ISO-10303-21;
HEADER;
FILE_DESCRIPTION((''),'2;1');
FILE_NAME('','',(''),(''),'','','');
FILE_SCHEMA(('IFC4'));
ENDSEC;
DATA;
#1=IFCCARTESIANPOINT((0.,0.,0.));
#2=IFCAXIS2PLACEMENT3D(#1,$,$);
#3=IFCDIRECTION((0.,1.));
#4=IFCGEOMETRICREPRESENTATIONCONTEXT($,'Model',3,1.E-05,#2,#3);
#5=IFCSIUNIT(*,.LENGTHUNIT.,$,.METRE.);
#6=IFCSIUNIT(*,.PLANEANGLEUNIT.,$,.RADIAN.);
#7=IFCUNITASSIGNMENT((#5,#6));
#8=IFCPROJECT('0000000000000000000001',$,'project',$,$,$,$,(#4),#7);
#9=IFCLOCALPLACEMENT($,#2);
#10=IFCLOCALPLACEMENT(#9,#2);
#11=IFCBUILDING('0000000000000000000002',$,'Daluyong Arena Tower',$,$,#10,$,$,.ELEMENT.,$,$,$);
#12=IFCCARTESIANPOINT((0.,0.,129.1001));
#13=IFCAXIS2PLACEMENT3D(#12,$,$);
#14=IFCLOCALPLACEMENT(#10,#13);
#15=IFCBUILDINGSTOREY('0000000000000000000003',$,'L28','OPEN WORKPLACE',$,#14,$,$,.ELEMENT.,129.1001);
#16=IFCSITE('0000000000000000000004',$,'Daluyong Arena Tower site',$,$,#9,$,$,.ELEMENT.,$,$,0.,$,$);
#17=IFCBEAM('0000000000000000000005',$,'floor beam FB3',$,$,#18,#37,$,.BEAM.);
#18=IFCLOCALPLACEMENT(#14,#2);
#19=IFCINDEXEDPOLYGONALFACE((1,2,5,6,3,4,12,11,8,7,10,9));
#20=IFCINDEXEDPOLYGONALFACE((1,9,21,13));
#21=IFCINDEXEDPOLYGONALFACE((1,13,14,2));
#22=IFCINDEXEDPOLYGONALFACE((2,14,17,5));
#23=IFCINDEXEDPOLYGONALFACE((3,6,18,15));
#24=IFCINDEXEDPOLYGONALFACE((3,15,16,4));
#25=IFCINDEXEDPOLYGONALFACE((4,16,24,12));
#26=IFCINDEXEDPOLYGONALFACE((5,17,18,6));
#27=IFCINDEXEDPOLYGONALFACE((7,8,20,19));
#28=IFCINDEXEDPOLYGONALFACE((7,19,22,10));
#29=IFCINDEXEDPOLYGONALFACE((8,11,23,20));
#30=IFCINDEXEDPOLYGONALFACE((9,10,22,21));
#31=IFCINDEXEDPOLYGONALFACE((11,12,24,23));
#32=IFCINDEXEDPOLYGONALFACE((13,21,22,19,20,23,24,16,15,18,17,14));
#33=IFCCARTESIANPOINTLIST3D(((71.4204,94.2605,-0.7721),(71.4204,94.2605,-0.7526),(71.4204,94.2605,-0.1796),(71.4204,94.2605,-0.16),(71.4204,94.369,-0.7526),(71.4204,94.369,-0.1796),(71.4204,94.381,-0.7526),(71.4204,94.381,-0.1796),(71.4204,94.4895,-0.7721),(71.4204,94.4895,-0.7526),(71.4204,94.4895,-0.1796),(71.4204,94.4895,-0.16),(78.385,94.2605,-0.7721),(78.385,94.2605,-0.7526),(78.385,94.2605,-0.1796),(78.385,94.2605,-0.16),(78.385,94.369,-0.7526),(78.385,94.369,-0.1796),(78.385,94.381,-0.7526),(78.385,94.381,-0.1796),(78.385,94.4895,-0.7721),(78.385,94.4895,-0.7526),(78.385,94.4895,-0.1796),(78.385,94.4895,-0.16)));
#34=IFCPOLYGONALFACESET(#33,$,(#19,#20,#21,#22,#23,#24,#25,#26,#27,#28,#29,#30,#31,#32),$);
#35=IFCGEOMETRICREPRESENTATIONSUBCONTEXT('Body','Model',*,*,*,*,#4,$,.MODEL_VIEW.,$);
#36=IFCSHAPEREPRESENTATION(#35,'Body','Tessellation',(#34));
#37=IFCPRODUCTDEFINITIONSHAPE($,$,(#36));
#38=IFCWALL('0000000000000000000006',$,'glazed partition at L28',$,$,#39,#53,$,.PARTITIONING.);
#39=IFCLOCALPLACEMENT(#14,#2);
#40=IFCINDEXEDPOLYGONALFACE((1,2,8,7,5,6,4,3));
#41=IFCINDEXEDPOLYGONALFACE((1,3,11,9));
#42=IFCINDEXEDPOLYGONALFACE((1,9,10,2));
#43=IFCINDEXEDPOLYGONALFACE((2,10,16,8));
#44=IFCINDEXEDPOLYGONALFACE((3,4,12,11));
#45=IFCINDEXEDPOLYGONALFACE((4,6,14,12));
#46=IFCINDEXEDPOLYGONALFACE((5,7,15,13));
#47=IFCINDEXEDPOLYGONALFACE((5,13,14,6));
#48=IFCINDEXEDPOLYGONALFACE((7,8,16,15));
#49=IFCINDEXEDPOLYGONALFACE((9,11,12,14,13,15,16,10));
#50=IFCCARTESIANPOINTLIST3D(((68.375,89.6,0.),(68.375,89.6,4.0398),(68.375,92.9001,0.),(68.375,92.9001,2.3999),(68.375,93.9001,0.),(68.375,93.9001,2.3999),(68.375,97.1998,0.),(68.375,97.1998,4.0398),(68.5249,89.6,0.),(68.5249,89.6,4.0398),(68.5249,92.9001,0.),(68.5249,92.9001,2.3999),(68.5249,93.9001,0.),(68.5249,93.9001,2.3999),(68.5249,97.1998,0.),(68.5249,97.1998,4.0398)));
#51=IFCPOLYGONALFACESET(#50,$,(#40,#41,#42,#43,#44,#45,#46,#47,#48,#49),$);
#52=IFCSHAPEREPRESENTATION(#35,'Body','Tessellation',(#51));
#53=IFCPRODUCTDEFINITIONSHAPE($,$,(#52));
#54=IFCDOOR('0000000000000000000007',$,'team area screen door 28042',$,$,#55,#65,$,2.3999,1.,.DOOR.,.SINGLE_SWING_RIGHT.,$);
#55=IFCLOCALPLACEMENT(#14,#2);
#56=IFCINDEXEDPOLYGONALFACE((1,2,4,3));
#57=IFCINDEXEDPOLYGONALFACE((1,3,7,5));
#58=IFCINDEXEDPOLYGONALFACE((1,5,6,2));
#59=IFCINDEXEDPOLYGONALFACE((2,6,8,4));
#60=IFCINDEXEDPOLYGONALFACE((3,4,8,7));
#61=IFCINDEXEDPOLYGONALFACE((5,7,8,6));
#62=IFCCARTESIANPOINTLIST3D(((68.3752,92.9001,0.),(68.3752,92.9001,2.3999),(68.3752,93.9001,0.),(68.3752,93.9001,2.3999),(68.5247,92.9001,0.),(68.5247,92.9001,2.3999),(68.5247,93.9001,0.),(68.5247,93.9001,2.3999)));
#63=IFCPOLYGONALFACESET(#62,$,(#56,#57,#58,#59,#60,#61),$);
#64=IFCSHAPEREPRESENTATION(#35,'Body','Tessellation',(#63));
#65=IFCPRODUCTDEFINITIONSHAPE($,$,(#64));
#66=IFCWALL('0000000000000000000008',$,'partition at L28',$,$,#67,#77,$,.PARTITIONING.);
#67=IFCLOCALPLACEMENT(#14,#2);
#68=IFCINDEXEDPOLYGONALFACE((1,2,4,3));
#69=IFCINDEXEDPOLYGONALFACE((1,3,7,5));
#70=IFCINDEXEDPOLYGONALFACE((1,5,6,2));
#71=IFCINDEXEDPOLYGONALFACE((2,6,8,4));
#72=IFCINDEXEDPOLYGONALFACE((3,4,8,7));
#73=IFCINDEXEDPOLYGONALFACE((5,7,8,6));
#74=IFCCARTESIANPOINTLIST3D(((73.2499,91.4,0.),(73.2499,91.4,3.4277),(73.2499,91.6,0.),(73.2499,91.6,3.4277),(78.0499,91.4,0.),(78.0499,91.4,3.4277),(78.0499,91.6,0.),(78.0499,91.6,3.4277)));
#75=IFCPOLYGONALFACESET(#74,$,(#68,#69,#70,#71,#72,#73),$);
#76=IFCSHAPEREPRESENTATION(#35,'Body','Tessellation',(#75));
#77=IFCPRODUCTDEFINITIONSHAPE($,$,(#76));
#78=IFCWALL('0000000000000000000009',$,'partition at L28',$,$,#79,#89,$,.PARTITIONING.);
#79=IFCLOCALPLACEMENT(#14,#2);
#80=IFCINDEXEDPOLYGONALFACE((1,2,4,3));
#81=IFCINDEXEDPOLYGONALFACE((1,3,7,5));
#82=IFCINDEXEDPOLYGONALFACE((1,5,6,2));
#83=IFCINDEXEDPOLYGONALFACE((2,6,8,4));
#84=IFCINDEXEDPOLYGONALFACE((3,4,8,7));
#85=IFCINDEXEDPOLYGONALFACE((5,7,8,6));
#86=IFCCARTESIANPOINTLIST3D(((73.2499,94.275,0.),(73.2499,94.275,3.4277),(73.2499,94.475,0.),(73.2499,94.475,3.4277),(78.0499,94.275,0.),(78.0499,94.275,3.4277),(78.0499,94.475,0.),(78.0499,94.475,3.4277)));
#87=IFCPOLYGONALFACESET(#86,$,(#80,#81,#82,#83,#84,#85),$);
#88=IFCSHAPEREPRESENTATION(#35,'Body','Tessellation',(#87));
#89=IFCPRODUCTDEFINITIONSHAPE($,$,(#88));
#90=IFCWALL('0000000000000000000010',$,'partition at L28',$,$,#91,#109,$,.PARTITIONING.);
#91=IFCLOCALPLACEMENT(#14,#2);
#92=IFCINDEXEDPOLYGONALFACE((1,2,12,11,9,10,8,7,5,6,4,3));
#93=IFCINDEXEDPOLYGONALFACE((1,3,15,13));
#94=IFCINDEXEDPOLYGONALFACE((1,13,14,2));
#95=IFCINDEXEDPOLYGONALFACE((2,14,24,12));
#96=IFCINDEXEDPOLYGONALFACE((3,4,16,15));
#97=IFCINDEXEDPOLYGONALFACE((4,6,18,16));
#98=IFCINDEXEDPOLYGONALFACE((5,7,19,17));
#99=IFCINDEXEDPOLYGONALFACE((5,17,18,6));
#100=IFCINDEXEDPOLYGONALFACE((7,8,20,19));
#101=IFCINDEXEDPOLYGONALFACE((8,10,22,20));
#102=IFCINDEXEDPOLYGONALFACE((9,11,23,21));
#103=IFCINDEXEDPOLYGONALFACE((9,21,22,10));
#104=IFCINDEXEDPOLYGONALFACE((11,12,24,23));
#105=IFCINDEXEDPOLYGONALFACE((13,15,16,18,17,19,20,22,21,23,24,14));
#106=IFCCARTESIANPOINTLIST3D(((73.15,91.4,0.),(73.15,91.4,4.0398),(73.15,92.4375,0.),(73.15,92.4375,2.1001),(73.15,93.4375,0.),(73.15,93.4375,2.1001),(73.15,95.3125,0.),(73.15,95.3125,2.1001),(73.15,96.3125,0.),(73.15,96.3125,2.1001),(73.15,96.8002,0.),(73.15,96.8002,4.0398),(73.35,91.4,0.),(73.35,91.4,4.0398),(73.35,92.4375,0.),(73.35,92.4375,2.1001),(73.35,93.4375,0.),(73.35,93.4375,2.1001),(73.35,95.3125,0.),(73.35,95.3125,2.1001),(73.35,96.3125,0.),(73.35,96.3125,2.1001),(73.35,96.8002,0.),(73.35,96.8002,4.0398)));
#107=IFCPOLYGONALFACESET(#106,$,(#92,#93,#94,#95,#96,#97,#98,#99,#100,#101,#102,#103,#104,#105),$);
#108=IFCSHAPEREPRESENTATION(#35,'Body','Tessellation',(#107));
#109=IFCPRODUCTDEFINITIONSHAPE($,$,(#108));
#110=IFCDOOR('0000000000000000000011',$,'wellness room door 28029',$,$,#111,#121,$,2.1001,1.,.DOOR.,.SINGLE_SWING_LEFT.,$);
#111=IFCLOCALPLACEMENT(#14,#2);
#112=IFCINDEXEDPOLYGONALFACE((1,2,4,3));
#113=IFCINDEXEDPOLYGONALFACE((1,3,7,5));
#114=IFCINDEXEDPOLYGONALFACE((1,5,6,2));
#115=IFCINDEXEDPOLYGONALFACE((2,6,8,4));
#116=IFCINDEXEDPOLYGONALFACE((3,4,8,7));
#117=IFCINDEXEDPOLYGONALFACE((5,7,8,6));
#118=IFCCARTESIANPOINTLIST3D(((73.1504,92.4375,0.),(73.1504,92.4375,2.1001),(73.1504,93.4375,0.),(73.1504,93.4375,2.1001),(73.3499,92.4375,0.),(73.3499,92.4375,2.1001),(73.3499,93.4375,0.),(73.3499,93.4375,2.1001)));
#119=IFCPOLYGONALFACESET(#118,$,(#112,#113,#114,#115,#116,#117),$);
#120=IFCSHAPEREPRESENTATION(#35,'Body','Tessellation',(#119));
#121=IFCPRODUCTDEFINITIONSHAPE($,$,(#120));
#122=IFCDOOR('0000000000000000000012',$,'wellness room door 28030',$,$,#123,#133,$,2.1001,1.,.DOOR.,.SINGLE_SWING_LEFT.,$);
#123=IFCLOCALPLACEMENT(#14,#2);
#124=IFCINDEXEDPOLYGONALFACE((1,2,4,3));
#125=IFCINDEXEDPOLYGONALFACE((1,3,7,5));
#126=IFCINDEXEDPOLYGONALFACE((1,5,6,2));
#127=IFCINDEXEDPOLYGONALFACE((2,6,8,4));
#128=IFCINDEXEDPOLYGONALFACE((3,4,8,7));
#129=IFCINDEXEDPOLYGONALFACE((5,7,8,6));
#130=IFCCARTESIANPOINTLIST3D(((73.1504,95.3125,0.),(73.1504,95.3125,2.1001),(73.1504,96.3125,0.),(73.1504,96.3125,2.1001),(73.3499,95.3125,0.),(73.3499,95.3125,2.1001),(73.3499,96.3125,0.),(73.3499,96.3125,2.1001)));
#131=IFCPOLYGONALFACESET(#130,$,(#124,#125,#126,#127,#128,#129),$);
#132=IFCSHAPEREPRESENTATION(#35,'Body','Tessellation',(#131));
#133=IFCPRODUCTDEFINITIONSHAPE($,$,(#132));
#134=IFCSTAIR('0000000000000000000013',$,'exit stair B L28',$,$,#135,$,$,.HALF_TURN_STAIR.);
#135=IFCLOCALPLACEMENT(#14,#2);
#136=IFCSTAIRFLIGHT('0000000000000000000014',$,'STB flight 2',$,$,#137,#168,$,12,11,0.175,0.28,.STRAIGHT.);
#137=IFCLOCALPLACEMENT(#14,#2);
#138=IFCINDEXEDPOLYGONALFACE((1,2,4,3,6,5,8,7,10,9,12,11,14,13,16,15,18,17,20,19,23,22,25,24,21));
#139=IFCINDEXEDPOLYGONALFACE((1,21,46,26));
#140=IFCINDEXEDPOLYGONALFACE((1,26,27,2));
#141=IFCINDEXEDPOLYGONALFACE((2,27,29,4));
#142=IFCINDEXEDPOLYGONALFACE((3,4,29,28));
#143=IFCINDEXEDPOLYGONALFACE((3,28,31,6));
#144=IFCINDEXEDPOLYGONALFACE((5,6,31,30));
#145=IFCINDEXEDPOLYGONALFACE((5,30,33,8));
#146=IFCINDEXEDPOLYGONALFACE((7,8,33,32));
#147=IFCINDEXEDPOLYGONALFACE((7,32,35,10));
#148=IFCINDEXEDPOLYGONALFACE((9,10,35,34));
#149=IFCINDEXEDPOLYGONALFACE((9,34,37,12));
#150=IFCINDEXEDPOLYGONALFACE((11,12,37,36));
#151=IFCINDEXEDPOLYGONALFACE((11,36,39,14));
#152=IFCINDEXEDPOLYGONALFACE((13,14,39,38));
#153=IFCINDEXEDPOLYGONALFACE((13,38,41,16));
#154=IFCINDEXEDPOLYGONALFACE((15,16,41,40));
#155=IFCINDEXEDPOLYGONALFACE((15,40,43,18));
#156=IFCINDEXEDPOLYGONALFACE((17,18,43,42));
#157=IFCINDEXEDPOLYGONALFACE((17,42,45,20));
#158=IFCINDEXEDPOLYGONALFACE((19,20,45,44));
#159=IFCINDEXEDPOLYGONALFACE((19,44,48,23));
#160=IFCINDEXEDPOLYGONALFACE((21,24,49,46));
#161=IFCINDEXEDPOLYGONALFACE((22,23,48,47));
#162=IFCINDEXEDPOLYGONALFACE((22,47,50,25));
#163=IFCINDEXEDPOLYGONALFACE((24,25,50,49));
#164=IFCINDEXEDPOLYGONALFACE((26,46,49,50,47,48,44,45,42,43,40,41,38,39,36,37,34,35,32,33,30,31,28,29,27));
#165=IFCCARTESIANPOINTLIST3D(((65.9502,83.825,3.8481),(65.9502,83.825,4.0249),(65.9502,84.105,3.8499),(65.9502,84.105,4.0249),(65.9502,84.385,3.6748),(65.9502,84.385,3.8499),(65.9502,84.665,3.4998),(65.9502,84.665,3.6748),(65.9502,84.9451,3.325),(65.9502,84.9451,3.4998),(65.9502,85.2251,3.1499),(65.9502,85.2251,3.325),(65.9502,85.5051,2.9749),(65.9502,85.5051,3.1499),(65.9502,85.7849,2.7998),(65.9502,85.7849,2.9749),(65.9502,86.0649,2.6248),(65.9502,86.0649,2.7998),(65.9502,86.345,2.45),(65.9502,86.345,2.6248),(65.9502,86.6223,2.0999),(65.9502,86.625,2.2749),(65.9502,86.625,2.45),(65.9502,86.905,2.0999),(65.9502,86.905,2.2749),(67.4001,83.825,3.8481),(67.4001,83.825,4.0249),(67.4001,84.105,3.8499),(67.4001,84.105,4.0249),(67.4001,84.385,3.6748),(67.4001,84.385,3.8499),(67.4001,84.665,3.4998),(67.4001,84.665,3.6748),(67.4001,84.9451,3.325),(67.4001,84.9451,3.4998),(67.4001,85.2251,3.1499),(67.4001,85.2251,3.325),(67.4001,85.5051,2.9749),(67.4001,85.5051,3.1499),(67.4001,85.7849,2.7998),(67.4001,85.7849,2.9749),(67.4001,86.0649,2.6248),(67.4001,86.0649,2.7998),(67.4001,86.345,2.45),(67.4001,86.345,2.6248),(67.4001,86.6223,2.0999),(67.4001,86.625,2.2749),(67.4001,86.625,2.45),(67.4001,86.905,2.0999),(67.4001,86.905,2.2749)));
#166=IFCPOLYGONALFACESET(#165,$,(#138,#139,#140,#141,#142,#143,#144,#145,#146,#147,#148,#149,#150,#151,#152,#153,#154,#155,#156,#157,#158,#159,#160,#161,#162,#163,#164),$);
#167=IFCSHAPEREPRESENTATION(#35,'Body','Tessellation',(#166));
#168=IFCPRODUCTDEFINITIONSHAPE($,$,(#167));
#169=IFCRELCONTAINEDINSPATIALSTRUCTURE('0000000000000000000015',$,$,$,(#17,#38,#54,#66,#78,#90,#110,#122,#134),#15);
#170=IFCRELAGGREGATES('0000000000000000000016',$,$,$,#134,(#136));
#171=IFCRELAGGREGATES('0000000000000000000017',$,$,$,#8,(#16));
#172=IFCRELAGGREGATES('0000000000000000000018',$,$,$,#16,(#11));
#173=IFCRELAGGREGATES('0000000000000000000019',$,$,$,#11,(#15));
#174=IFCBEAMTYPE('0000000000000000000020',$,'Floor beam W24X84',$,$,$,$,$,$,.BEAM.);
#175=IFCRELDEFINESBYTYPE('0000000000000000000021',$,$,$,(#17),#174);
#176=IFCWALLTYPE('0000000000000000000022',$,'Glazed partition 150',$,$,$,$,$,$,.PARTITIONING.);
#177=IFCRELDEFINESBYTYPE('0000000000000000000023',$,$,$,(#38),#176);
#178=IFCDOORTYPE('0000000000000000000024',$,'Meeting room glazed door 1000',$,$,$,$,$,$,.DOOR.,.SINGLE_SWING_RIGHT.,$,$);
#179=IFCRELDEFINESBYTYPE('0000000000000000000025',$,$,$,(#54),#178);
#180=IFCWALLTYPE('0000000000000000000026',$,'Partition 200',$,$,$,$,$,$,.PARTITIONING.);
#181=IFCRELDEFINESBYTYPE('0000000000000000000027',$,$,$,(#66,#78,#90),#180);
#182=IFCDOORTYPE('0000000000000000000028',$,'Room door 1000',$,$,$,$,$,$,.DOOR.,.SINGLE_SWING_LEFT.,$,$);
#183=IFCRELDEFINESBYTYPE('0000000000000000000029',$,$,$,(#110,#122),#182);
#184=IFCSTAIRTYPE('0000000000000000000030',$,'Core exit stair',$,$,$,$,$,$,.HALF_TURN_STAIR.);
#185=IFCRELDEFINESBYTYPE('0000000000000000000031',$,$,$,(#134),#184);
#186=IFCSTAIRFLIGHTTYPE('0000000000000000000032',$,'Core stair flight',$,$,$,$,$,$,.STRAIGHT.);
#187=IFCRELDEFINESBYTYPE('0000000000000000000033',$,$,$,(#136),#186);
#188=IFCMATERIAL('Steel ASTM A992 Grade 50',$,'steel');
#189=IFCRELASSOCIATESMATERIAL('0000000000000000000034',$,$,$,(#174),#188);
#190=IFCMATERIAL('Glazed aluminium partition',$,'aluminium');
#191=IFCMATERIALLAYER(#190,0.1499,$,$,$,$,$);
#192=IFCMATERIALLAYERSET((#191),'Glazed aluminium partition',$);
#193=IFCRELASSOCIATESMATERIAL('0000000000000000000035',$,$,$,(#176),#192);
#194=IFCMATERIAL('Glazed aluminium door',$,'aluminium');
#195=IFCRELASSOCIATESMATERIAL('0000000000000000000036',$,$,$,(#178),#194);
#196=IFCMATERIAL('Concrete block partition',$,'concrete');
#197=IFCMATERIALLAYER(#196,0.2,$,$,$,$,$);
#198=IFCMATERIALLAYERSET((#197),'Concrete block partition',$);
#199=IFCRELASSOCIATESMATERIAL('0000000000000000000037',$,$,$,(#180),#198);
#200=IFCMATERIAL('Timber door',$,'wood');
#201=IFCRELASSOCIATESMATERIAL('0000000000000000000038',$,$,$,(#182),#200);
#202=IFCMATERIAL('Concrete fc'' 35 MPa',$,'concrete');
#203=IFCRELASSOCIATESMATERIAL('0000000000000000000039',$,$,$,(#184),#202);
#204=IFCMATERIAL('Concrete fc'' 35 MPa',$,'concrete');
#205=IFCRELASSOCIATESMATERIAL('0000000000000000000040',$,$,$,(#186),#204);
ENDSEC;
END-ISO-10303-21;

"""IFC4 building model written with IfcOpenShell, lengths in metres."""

from ifc_helpers import new_model, si_unit, direction, frame, frame_2d, origin, origin_2d, place, context, subcontext, project, spatial, polyline, rectangle, i_section, outline, extrude, material, layer, layer_set, material_profile, profile_set, type_object, element, fill, aggregate, save


model = new_model("IFC4")

# Units and contexts
model_context = context("Model", 3, precision=1e-05, world=origin(), true_north=direction((0.0, 1.0)))
body_context = subcontext(model_context, "Body", "Model", "MODEL_VIEW")
ifc_project = project(units=[si_unit("LENGTHUNIT", "METRE"), si_unit("PLANEANGLEUNIT", "RADIAN")], contexts=[model_context])

# Site, building, storey
site_placement = place(None, origin())
site = spatial("IfcSite", under=ifc_project, at=site_placement, Name="Daluyong Arena Tower site", CompositionType="ELEMENT", RefElevation=0.0)
building_placement = place(site_placement, origin())
building = spatial("IfcBuilding", under=site, at=building_placement, Name="Daluyong Arena Tower", CompositionType="ELEMENT")
storey_placement = place(building_placement, frame((0.0, 0.0, 129.1001)))
storey = spatial("IfcBuildingStorey", under=building, at=storey_placement, Name="L28", Description="OPEN WORKPLACE", CompositionType="ELEMENT", Elevation=129.1001)

# Beam
ifc_material_1 = material(Name="Steel ASTM A992 Grade 50", Category="steel")
ifc_material_profile_1 = material_profile(ifc_material_1, i_section(OverallWidth=0.229, OverallDepth=0.6121, WebThickness=0.012, FlangeThickness=0.0195, at=origin_2d()))
ifc_profile_set_1 = profile_set([ifc_material_profile_1], Name="Steel ASTM A992 Grade 50")
beam_type_1 = type_object("IfcBeamType", Name="Floor beam W24X84", PredefinedType="BEAM", material=ifc_profile_set_1)
beam_1_placement = place(storey_placement, frame((78.385, 94.375, -0.4661), z_axis=(-1.0, 0.0, 0.0), x_axis=(0.0, -1.0, 0.0)))
element("IfcBeam", 1, at=beam_1_placement, inside=storey, type_object=beam_type_1, Name="floor beam FB3", PredefinedType="BEAM", context=body_context, shape_type="SweptSolid", body=[
    extrude(i_section(OverallWidth=0.229, OverallDepth=0.6121, WebThickness=0.012, FlangeThickness=0.0195, at=origin_2d()), origin(), (0.0, 0.0, 1.0), 6.9646),
])

# Wall, opening, door
ifc_material_2 = material(Name="Glazed aluminium partition", Category="aluminium")
ifc_layer_1 = layer(ifc_material_2, 0.1499)
ifc_layer_set_1 = layer_set([ifc_layer_1], Name="Glazed aluminium partition")
wall_type_1 = type_object("IfcWallType", Name="Glazed partition 150", PredefinedType="PARTITIONING", material=ifc_layer_set_1)
wall_1_placement = place(storey_placement, frame((68.45, 89.6001, 0.0), z_axis=(0.0, 0.0, 1.0), x_axis=(0.0, 1.0, 0.0)))
wall_1 = element("IfcWall", 2, at=wall_1_placement, inside=storey, type_object=wall_type_1, Name="glazed partition at L28", PredefinedType="PARTITIONING", context=body_context, shape_type="SweptSolid", body=[
    extrude(rectangle(XDim=7.5999, YDim=0.1499, at=frame_2d((3.7998, 0.0))), origin(), (0.0, 0.0, 1.0), 4.0398),
])
opening_1_placement = place(wall_1_placement, frame((3.3, 0.0, 0.0)))
opening_1 = element("IfcOpeningElement", 3, at=opening_1_placement, cuts=wall_1, PredefinedType="OPENING", context=body_context, shape_type="SweptSolid", body=[
    extrude(rectangle(XDim=1.0, YDim=2.3999, at=frame_2d((0.5, 1.2))), frame((0.0, 0.085, 0.0), z_axis=(0.0, -1.0, 0.0), x_axis=(1.0, 0.0, 0.0)), (0.0, 0.0, 1.0), 0.1699),
])
ifc_material_3 = material(Name="Glazed aluminium door", Category="aluminium")
door_type_1 = type_object("IfcDoorType", Name="Meeting room glazed door 1000", OperationType="SINGLE_SWING_RIGHT", PredefinedType="DOOR", material=ifc_material_3)
door_1_placement = place(opening_1_placement, origin())
door_1 = element("IfcDoor", 4, at=door_1_placement, inside=storey, type_object=door_type_1, Name="team area screen door 28042", OperationType="SINGLE_SWING_RIGHT", OverallHeight=2.3999, OverallWidth=1.0, PredefinedType="DOOR", context=body_context, shape_type="SweptSolid", body=[
    extrude(rectangle(XDim=1.0, YDim=2.3999, at=frame_2d((0.5, 1.2))), frame((0.0, 0.0747, 0.0), z_axis=(0.0, -1.0, 0.0), x_axis=(1.0, 0.0, 0.0)), (0.0, 0.0, 1.0), 0.1494),
])
fill(opening_1, door_1)

# Walls
ifc_material_4 = material(Name="Concrete block partition", Category="concrete")
ifc_layer_2 = layer(ifc_material_4, 0.2)
ifc_layer_set_2 = layer_set([ifc_layer_2], Name="Concrete block partition")
wall_type_2 = type_object("IfcWallType", Name="Partition 200", PredefinedType="PARTITIONING", material=ifc_layer_set_2)
for number, where, z_axis, x_axis, name in (
    (5, (73.25, 91.5, 0.0), (0.0, 0.0, 1.0), (1.0, 0.0, 0.0), "partition at L28"),
    (6, (73.25, 94.375, 0.0), (0.0, 0.0, 1.0), (1.0, 0.0, 0.0), "partition at L28"),
):
    element("IfcWall", number, at=place(storey_placement, frame(where, z_axis=z_axis, x_axis=x_axis)), inside=storey, type_object=wall_type_2, Name=name, PredefinedType="PARTITIONING", context=body_context, shape_type="SweptSolid", body=[
        extrude(rectangle(XDim=4.8, YDim=0.2, at=frame_2d((2.3999, 0.0))), origin(), (0.0, 0.0, 1.0), 3.4277),
    ])

# Wall, openings, doors
wall_2_placement = place(storey_placement, frame((73.25, 91.3999, 0.0), z_axis=(0.0, 0.0, 1.0), x_axis=(0.0, 1.0, 0.0)))
wall_2 = element("IfcWall", 7, at=wall_2_placement, inside=storey, type_object=wall_type_2, Name="partition at L28", PredefinedType="PARTITIONING", context=body_context, shape_type="SweptSolid", body=[
    extrude(rectangle(XDim=5.4001, YDim=0.2, at=frame_2d((2.7002, 0.0))), origin(), (0.0, 0.0, 1.0), 4.0398),
])
opening_2_placement = place(wall_2_placement, frame((1.0376, 0.0, 0.0)))
opening_2 = element("IfcOpeningElement", 8, at=opening_2_placement, cuts=wall_2, PredefinedType="OPENING", context=body_context, shape_type="SweptSolid", body=[
    extrude(rectangle(XDim=1.0, YDim=2.1001, at=frame_2d((0.5, 1.05))), frame((0.0, 0.1099, 0.0), z_axis=(0.0, -1.0, 0.0), x_axis=(1.0, 0.0, 0.0)), (0.0, 0.0, 1.0), 0.22),
])
opening_3_placement = place(wall_2_placement, frame((3.9126, 0.0, 0.0)))
opening_3 = element("IfcOpeningElement", 9, at=opening_3_placement, cuts=wall_2, PredefinedType="OPENING", context=body_context, shape_type="SweptSolid", body=[
    extrude(rectangle(XDim=1.0, YDim=2.1001, at=frame_2d((0.5, 1.05))), frame((0.0, 0.1099, 0.0), z_axis=(0.0, -1.0, 0.0), x_axis=(1.0, 0.0, 0.0)), (0.0, 0.0, 1.0), 0.22),
])
ifc_material_5 = material(Name="Timber door", Category="wood")
door_type_2 = type_object("IfcDoorType", Name="Room door 1000", OperationType="SINGLE_SWING_LEFT", PredefinedType="DOOR", material=ifc_material_5)
door_2_placement = place(opening_2_placement, origin())
door_2 = element("IfcDoor", 10, at=door_2_placement, inside=storey, type_object=door_type_2, Name="wellness room door 28029", OperationType="SINGLE_SWING_LEFT", OverallHeight=2.1001, OverallWidth=1.0, PredefinedType="DOOR", context=body_context, shape_type="SweptSolid", body=[
    extrude(rectangle(XDim=1.0, YDim=2.1001, at=frame_2d((0.5, 1.05))), frame((0.0, 0.0996, 0.0), z_axis=(0.0, -1.0, 0.0), x_axis=(1.0, 0.0, 0.0)), (0.0, 0.0, 1.0), 0.1995),
])
fill(opening_2, door_2)
door_3_placement = place(opening_3_placement, origin())
door_3 = element("IfcDoor", 11, at=door_3_placement, inside=storey, type_object=door_type_2, Name="wellness room door 28030", OperationType="SINGLE_SWING_LEFT", OverallHeight=2.1001, OverallWidth=1.0, PredefinedType="DOOR", context=body_context, shape_type="SweptSolid", body=[
    extrude(rectangle(XDim=1.0, YDim=2.1001, at=frame_2d((0.5, 1.05))), frame((0.0, 0.0996, 0.0), z_axis=(0.0, -1.0, 0.0), x_axis=(1.0, 0.0, 0.0)), (0.0, 0.0, 1.0), 0.1995),
])
fill(opening_3, door_3)

# Stair, stair flight
ifc_material_6 = material(Name="Concrete fc' 35 MPa", Category="concrete")
stair_type = type_object("IfcStairType", Name="Core exit stair", PredefinedType="HALF_TURN_STAIR", material=ifc_material_6)
stair_placement = place(storey_placement, origin())
stair = element("IfcStair", 12, at=stair_placement, inside=storey, type_object=stair_type, Name="exit stair B L28", PredefinedType="HALF_TURN_STAIR")
ifc_material_7 = material(Name="Concrete fc' 35 MPa", Category="concrete")
stair_flight_type = type_object("IfcStairFlightType", Name="Core stair flight", PredefinedType="STRAIGHT", material=ifc_material_7)
stair_flight_placement = place(storey_placement, frame((66.675, 86.905, 2.0999), z_axis=(0.0, 0.0, 1.0), x_axis=(0.0, -1.0, 0.0)))
stair_flight = element("IfcStairFlight", 13, at=stair_flight_placement, type_object=stair_flight_type, Name="STB flight 2", NumberOfRisers=12, NumberOfTreads=11, PredefinedType="STRAIGHT", RiserHeight=0.175, TreadLength=0.28, context=body_context, shape_type="SweptSolid", body=[
    extrude(outline(polyline([(0.0, 0.0), (0.0, 0.175), (0.28, 0.175), (0.28, 0.3501), (0.5601, 0.3501), (0.5601, 0.5249), (0.8401, 0.5249), (0.8401, 0.7), (1.1201, 0.7), (1.1201, 0.875), (1.3999, 0.875), (1.3999, 1.05), (1.6799, 1.05), (1.6799, 1.2251), (1.96, 1.2251), (1.96, 1.3999), (2.24, 1.3999), (2.24, 1.575), (2.52, 1.575), (2.52, 1.75), (2.8, 1.75), (2.8, 1.925), (3.0801, 1.925), (3.0801, 2.1001), (3.0801, 1.7483), (0.2827, 0.0), (0.0, 0.0)])), frame((0.0, 0.7251, 0.0), z_axis=(0.0, -1.0, 0.0), x_axis=(1.0, 0.0, 0.0)), (0.0, 0.0, 1.0), 1.45),
])
aggregate(stair, [stair_flight])

save(model, "model.ifc")
